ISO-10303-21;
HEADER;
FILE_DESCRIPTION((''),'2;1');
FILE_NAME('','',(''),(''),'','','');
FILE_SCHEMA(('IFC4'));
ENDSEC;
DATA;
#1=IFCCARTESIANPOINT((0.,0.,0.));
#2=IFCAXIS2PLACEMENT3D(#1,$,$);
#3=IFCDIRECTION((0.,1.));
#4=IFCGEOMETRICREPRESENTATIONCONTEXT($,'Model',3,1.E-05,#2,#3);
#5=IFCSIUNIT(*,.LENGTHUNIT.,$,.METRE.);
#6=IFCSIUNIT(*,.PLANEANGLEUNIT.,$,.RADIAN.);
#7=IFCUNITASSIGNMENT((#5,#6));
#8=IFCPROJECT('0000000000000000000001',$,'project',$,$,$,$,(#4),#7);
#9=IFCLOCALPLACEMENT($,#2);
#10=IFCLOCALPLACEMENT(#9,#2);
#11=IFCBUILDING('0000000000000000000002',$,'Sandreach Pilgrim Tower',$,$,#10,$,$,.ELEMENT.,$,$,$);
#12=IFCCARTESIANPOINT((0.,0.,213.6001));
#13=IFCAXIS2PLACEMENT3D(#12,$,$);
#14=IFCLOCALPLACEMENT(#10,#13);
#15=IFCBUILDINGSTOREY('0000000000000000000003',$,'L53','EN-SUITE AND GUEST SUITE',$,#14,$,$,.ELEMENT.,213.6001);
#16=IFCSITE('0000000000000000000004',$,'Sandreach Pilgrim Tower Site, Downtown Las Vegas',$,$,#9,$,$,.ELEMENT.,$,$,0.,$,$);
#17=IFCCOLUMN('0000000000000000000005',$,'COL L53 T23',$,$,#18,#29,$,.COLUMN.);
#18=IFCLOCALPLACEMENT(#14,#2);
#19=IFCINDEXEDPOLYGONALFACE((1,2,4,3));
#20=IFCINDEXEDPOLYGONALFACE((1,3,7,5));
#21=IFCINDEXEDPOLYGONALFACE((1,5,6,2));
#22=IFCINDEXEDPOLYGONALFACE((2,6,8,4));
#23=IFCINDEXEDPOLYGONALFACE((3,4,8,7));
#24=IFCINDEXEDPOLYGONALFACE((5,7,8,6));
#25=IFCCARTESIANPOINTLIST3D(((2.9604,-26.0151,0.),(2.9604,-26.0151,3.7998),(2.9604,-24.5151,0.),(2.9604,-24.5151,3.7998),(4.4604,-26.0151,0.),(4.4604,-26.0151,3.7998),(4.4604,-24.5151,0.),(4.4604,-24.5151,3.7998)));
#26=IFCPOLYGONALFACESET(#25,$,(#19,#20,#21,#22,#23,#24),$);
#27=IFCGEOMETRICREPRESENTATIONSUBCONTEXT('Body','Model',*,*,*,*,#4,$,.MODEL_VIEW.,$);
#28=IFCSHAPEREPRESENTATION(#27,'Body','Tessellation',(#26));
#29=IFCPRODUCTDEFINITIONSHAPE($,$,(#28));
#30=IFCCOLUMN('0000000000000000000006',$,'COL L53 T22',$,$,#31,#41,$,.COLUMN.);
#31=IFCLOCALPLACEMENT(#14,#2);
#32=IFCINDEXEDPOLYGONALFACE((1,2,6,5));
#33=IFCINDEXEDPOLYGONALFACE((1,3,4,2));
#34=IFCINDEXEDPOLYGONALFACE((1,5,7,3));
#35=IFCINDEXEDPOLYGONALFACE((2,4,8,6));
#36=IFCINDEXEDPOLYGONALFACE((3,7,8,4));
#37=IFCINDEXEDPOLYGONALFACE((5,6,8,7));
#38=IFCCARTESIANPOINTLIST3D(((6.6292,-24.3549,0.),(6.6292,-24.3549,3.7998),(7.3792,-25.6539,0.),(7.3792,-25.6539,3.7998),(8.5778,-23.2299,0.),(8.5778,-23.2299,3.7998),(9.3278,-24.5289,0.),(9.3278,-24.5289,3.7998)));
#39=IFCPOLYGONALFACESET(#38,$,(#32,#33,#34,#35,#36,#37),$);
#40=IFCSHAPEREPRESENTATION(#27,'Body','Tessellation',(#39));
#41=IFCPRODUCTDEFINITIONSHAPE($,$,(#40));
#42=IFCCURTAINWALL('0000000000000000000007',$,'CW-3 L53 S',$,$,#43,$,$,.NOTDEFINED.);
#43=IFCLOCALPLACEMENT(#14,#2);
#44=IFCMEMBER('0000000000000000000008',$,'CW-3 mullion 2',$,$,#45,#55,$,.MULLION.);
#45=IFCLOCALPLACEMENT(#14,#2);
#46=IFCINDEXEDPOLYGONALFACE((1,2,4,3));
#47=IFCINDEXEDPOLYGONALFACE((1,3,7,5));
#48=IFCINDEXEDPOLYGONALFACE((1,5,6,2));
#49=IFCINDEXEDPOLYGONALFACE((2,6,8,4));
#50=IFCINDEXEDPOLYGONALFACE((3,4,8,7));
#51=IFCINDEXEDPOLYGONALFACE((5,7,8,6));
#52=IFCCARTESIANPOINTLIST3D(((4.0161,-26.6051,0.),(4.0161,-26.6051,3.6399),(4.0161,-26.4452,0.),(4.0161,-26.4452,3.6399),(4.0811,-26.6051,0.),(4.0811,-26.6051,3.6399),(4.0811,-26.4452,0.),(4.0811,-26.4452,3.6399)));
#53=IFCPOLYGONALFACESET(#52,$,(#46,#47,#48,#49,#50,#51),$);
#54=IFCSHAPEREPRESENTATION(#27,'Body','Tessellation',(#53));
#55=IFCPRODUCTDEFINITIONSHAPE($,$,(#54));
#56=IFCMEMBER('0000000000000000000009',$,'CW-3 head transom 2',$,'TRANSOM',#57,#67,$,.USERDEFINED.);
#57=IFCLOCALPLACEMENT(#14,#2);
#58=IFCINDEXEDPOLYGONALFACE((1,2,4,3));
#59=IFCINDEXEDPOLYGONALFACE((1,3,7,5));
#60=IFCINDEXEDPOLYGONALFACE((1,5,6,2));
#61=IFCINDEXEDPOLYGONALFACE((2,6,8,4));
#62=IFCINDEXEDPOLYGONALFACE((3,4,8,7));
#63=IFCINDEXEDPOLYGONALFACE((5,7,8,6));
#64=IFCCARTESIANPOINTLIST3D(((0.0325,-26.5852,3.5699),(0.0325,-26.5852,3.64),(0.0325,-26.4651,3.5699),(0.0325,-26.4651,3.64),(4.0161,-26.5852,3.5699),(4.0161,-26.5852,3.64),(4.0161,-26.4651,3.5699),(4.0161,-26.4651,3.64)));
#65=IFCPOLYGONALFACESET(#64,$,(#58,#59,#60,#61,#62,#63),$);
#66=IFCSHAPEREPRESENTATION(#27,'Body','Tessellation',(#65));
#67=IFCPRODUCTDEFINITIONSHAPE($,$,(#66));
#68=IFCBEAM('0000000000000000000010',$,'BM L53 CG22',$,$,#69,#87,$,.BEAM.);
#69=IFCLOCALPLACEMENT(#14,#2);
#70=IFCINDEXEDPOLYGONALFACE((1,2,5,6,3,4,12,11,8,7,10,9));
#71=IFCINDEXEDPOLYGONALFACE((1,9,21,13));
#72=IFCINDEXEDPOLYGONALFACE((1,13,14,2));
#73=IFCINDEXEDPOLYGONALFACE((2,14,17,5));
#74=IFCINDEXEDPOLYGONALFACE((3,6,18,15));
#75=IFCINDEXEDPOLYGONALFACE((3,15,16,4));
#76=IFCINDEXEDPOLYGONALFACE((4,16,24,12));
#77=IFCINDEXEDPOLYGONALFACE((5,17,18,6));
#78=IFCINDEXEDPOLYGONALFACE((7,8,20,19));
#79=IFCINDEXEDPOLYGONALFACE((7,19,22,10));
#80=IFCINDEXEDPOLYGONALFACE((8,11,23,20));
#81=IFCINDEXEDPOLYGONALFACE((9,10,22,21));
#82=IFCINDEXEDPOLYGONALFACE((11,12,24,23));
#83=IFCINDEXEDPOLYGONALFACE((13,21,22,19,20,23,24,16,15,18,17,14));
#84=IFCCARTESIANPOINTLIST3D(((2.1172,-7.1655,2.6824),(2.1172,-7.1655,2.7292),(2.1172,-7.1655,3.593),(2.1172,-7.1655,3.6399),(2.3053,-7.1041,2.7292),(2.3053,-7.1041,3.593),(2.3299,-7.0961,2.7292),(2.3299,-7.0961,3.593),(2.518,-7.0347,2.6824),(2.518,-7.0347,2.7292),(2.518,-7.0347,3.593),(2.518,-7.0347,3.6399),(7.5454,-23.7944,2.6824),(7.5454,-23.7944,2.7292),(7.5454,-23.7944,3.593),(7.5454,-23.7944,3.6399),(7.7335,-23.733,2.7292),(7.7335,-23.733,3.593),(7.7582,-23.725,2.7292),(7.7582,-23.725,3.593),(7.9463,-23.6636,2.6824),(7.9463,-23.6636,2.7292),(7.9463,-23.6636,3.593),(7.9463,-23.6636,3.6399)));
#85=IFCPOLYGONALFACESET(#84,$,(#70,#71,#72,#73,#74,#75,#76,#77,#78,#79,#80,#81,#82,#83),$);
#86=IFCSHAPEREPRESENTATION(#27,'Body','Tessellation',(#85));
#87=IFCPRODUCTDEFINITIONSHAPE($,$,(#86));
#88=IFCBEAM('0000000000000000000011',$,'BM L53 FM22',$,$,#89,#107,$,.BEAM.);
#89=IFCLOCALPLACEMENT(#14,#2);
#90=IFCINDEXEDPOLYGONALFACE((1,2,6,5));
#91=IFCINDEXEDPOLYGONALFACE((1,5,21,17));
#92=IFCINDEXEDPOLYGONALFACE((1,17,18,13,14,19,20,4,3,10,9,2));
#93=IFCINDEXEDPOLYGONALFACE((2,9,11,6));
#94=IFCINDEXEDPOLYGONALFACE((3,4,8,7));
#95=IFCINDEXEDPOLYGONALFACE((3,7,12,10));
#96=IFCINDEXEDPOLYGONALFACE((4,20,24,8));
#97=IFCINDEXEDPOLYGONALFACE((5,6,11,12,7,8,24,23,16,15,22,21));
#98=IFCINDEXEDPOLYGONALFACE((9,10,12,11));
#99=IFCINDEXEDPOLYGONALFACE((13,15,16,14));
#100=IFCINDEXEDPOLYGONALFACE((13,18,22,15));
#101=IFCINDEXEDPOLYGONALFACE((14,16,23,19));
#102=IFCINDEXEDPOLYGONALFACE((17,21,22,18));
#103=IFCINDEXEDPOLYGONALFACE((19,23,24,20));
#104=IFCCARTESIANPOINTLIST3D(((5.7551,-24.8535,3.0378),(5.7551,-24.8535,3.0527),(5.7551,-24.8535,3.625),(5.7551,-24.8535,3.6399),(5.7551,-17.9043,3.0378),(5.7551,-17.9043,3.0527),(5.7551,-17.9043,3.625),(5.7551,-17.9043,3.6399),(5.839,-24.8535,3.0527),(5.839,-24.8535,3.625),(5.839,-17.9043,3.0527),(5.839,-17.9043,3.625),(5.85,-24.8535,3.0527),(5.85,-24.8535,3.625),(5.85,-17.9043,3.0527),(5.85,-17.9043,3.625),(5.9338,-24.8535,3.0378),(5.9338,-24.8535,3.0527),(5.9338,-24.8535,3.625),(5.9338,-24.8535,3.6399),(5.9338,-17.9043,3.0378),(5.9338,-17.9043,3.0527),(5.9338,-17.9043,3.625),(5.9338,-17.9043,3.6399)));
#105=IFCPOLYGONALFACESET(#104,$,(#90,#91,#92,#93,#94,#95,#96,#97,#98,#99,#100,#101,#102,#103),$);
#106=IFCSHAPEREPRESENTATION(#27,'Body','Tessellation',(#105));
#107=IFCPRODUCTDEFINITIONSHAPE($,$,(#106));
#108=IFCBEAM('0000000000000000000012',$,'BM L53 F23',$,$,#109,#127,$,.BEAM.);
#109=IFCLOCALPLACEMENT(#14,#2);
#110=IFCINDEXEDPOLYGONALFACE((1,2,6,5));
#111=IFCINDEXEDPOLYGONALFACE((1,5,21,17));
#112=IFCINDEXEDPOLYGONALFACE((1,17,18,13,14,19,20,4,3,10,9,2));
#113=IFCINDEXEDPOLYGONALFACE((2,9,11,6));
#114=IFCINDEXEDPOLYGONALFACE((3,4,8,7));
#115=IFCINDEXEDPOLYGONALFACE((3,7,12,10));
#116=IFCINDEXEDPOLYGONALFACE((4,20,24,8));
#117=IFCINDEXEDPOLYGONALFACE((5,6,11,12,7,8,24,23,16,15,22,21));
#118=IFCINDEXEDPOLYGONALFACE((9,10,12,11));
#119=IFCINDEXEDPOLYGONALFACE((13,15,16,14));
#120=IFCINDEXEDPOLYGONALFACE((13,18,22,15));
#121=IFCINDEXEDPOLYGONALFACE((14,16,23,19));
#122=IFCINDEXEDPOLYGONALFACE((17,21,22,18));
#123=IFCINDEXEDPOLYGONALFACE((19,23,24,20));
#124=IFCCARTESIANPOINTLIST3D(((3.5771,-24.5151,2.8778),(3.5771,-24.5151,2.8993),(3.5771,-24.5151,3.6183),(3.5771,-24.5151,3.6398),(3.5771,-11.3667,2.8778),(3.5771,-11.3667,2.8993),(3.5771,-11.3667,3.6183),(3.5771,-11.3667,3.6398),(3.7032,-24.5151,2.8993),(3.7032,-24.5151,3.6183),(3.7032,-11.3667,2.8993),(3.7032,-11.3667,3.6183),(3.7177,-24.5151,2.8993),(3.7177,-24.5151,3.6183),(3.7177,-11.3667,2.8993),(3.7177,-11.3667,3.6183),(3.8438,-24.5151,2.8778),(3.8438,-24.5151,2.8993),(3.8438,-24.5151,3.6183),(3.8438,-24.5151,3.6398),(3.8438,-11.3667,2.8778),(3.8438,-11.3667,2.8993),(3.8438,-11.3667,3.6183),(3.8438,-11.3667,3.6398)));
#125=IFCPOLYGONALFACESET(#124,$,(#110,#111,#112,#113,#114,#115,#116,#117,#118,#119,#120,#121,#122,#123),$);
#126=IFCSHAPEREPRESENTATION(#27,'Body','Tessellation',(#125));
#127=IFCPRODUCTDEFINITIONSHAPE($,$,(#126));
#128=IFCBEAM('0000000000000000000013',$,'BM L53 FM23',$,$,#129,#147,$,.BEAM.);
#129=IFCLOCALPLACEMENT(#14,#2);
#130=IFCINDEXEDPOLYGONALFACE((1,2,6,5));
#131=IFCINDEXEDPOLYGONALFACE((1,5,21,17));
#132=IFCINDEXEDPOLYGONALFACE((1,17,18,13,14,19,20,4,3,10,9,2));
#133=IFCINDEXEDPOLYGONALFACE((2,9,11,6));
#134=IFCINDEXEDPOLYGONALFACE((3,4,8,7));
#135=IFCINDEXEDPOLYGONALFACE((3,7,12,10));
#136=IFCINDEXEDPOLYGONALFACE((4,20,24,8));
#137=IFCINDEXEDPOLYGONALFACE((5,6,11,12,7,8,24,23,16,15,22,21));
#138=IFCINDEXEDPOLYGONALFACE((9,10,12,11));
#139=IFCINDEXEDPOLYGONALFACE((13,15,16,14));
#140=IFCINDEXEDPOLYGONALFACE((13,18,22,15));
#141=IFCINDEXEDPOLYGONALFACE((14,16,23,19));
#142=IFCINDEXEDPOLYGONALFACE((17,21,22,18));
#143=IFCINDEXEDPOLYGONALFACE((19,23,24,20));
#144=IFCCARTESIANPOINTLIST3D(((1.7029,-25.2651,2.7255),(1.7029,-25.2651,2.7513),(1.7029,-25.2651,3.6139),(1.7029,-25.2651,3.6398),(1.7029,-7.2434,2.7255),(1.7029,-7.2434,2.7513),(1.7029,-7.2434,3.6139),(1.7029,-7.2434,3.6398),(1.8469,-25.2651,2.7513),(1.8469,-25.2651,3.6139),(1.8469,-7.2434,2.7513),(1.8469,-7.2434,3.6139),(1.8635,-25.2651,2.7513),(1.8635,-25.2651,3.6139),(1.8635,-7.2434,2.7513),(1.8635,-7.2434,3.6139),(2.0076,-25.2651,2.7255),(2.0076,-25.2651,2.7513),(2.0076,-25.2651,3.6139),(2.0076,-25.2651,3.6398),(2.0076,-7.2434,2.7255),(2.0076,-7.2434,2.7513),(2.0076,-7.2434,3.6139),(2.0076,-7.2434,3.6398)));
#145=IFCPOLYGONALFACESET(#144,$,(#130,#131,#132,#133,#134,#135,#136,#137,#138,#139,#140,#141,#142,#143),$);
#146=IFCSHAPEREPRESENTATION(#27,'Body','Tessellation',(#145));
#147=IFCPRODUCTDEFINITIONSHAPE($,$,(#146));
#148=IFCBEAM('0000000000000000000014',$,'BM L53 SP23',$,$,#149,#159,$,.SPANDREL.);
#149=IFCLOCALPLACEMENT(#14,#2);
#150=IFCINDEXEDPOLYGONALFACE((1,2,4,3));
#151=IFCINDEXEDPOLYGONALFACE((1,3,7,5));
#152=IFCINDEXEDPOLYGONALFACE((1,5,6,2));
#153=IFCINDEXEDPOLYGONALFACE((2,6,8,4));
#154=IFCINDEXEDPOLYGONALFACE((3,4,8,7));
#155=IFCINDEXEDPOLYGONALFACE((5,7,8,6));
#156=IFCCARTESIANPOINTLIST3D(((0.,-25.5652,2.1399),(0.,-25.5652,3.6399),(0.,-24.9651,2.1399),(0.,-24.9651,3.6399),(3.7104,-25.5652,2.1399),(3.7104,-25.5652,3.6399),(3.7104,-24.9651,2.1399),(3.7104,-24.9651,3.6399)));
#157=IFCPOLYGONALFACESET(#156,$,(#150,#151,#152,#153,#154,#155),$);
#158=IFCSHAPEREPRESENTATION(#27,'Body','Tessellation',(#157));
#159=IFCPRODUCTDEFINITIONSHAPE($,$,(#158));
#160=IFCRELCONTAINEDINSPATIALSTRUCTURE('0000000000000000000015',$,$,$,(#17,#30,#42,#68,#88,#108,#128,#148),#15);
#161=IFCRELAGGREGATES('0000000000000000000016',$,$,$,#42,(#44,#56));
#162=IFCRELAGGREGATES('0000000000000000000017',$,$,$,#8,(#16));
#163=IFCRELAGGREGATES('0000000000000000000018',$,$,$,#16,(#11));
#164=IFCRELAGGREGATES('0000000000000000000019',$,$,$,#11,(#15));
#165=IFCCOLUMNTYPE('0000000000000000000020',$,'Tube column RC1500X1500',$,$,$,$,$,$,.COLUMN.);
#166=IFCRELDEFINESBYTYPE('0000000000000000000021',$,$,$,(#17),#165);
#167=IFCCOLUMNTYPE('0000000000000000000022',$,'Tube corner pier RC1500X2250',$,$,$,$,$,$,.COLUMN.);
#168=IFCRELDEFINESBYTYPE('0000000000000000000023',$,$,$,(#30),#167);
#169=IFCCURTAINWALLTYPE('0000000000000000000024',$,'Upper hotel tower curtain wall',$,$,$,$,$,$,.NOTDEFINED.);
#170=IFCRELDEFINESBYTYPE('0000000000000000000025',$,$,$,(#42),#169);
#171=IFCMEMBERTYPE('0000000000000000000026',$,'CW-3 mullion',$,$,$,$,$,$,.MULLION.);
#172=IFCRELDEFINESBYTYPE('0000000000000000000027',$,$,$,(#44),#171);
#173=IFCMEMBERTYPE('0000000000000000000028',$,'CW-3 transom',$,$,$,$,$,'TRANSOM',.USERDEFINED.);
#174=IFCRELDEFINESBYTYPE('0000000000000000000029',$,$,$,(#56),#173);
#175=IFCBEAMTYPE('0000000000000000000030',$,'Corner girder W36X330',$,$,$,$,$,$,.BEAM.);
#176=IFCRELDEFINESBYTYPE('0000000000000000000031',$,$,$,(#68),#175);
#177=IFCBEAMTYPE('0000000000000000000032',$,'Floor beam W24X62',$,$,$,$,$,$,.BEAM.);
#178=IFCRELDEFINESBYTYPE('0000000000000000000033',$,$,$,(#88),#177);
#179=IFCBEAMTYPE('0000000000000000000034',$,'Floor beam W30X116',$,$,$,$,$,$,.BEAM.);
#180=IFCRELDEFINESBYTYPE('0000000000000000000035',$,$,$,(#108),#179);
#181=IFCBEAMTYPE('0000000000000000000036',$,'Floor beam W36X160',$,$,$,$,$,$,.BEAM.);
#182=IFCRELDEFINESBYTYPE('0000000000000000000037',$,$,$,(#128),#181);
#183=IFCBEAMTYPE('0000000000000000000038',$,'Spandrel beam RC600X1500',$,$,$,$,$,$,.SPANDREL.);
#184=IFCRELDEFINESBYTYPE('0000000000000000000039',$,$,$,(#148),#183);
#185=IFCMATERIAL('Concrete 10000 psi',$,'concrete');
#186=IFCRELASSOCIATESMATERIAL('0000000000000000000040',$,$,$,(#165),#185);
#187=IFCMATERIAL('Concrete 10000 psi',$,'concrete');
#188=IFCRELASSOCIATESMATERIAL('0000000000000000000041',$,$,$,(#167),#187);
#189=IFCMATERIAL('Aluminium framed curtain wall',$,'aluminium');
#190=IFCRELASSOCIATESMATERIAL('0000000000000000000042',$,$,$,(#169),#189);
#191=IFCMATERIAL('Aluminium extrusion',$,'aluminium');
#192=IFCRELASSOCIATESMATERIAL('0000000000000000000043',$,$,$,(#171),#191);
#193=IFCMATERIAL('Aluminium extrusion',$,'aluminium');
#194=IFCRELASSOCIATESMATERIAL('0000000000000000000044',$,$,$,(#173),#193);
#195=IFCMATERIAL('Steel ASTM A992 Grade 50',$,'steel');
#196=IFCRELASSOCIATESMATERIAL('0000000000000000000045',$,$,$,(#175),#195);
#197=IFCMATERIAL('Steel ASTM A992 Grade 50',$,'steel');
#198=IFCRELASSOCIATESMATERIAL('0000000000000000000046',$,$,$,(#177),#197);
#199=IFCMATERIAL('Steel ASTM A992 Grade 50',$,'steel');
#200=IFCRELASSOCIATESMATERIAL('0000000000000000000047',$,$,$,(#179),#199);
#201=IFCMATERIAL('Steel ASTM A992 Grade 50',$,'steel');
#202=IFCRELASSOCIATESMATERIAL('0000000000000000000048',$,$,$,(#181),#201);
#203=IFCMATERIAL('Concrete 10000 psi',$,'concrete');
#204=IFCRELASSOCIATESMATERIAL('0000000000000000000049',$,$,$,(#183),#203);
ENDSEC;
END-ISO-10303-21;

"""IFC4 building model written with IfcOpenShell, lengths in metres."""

from ifc_helpers import new_model, si_unit, direction, frame, origin, origin_2d, place, context, subcontext, project, spatial, rectangle, i_section, extrude, material, material_profile, profile_set, type_object, element, aggregate, save


model = new_model("IFC4")

# Units and contexts
model_context = context("Model", 3, precision=1e-05, world=origin(), true_north=direction((0.0, 1.0)))
body_context = subcontext(model_context, "Body", "Model", "MODEL_VIEW")
ifc_project = project(units=[si_unit("LENGTHUNIT", "METRE"), si_unit("PLANEANGLEUNIT", "RADIAN")], contexts=[model_context])

# Site, building, storey
site_placement = place(None, origin())
site = spatial("IfcSite", under=ifc_project, at=site_placement, Name="Sandreach Pilgrim Tower Site, Downtown Las Vegas", CompositionType="ELEMENT", RefElevation=0.0)
building_placement = place(site_placement, origin())
building = spatial("IfcBuilding", under=site, at=building_placement, Name="Sandreach Pilgrim Tower", CompositionType="ELEMENT")
storey_placement = place(building_placement, frame((0.0, 0.0, 213.6001)))
storey = spatial("IfcBuildingStorey", under=building, at=storey_placement, Name="L53", Description="EN-SUITE AND GUEST SUITE", CompositionType="ELEMENT", Elevation=213.6001)

# Columns
ifc_material_1 = material(Name="Concrete 10000 psi", Category="concrete")
ifc_material_profile_1 = material_profile(ifc_material_1, rectangle(XDim=1.5, YDim=1.5, at=origin_2d()), Name="RC1500X1500")
ifc_profile_set_1 = profile_set([ifc_material_profile_1], Name="Concrete 10000 psi")
column_type_1 = type_object("IfcColumnType", Name="Tube column RC1500X1500", PredefinedType="COLUMN", material=ifc_profile_set_1)
column_1_placement = place(storey_placement, frame((3.7104, -25.2651, 0.0), z_axis=(0.0, 0.0, 1.0), x_axis=(0.0, -1.0, 0.0)))
element("IfcColumn", 1, at=column_1_placement, inside=storey, type_object=column_type_1, Name="COL L53 T23", PredefinedType="COLUMN", context=body_context, shape_type="SweptSolid", body=[
    extrude(rectangle(XDim=1.5, YDim=1.5, at=origin_2d()), origin(), (0.0, 0.0, 1.0), 3.7998),
])
ifc_material_2 = material(Name="Concrete 10000 psi", Category="concrete")
ifc_material_profile_2 = material_profile(ifc_material_2, rectangle(XDim=1.5, YDim=2.25, at=origin_2d()), Name="RC1500X2250")
ifc_profile_set_2 = profile_set([ifc_material_profile_2], Name="Concrete 10000 psi")
column_type_2 = type_object("IfcColumnType", Name="Tube corner pier RC1500X2250", PredefinedType="COLUMN", material=ifc_profile_set_2)
column_2_placement = place(storey_placement, frame((7.9785, -24.4419, 0.0), z_axis=(0.0, 0.0, 1.0), x_axis=(0.5, -0.866025, 0.0)))
element("IfcColumn", 2, at=column_2_placement, inside=storey, type_object=column_type_2, Name="COL L53 T22", PredefinedType="COLUMN", context=body_context, shape_type="SweptSolid", body=[
    extrude(rectangle(XDim=1.5, YDim=2.25, at=origin_2d()), origin(), (0.0, 0.0, 1.0), 3.7998),
])

# Curtain wall, members
ifc_material_3 = material(Name="Aluminium framed curtain wall", Category="aluminium")
curtain_wall_type = type_object("IfcCurtainWallType", Name="Upper hotel tower curtain wall", PredefinedType="NOTDEFINED", material=ifc_material_3)
curtain_wall_placement = place(storey_placement, origin())
curtain_wall = element("IfcCurtainWall", 3, at=curtain_wall_placement, inside=storey, type_object=curtain_wall_type, Name="CW-3 L53 S", PredefinedType="NOTDEFINED")
ifc_material_4 = material(Name="Aluminium extrusion", Category="aluminium")
ifc_material_profile_3 = material_profile(ifc_material_4, rectangle(XDim=0.0649, YDim=0.1599, at=origin_2d()), Name="CW-3M 65X160")
ifc_profile_set_3 = profile_set([ifc_material_profile_3], Name="Aluminium extrusion")
member_type_1 = type_object("IfcMemberType", Name="CW-3 mullion", PredefinedType="MULLION", material=ifc_profile_set_3)
member_1_placement = place(storey_placement, frame((4.0486, -26.5251, 0.0), z_axis=(0.0, 0.0, 1.0), x_axis=(-1.0, 0.0, 0.0)))
member_1 = element("IfcMember", 4, at=member_1_placement, type_object=member_type_1, Name="CW-3 mullion 2", PredefinedType="MULLION", context=body_context, shape_type="SweptSolid", body=[
    extrude(rectangle(XDim=0.0649, YDim=0.1599, at=origin_2d()), origin(), (0.0, 0.0, 1.0), 3.6399),
])
ifc_material_5 = material(Name="Aluminium extrusion", Category="aluminium")
ifc_material_profile_4 = material_profile(ifc_material_5, rectangle(XDim=0.1201, YDim=0.0701, at=origin_2d()), Name="CW-3T 120X70")
ifc_profile_set_4 = profile_set([ifc_material_profile_4], Name="Aluminium extrusion")
member_type_2 = type_object("IfcMemberType", Name="CW-3 transom", ElementType="TRANSOM", PredefinedType="USERDEFINED", material=ifc_profile_set_4)
member_2_placement = place(storey_placement, frame((4.0161, -26.5251, 3.605), z_axis=(-1.0, 0.0, 0.0), x_axis=(0.0, -1.0, 0.0)))
member_2 = element("IfcMember", 5, at=member_2_placement, type_object=member_type_2, Name="CW-3 head transom 2", ObjectType="TRANSOM", PredefinedType="USERDEFINED", context=body_context, shape_type="SweptSolid", body=[
    extrude(rectangle(XDim=0.1201, YDim=0.0701, at=origin_2d()), origin(), (0.0, 0.0, 1.0), 3.9836),
])

# Beams
ifc_material_6 = material(Name="Steel ASTM A992 Grade 50", Category="steel")
ifc_material_profile_5 = material_profile(ifc_material_6, i_section(OverallWidth=0.4216, OverallDepth=0.9575, WebThickness=0.0259, FlangeThickness=0.0469, at=origin_2d()), Name="W36X330")
ifc_profile_set_5 = profile_set([ifc_material_profile_5], Name="Steel ASTM A992 Grade 50")
beam_type_1 = type_object("IfcBeamType", Name="Corner girder W36X330", PredefinedType="BEAM", material=ifc_profile_set_5)
beam_1_placement = place(storey_placement, frame((7.7458, -23.729, 3.1611), z_axis=(-0.310318, 0.950633, 0.0), x_axis=(-0.950633, -0.310318, 0.0)))
element("IfcBeam", 6, at=beam_1_placement, inside=storey, type_object=beam_type_1, Name="BM L53 CG22", PredefinedType="BEAM", context=body_context, shape_type="SweptSolid", body=[
    extrude(i_section(OverallWidth=0.4216, OverallDepth=0.9575, WebThickness=0.0259, FlangeThickness=0.0469, at=origin_2d()), origin(), (0.0, 0.0, 1.0), 17.4924),
])
ifc_material_7 = material(Name="Steel ASTM A992 Grade 50", Category="steel")
ifc_material_profile_6 = material_profile(ifc_material_7, i_section(OverallWidth=0.1787, OverallDepth=0.6021, WebThickness=0.011, FlangeThickness=0.0149, at=origin_2d()), Name="W24X62")
ifc_profile_set_6 = profile_set([ifc_material_profile_6], Name="Steel ASTM A992 Grade 50")
beam_type_2 = type_object("IfcBeamType", Name="Floor beam W24X62", PredefinedType="BEAM", material=ifc_profile_set_6)
beam_2_placement = place(storey_placement, frame((5.8445, -24.8535, 3.3389), z_axis=(0.0, 1.0, 0.0), x_axis=(-1.0, 0.0, 0.0)))
element("IfcBeam", 7, at=beam_2_placement, inside=storey, type_object=beam_type_2, Name="BM L53 FM22", PredefinedType="BEAM", context=body_context, shape_type="SweptSolid", body=[
    extrude(i_section(OverallWidth=0.1787, OverallDepth=0.6021, WebThickness=0.011, FlangeThickness=0.0149, at=origin_2d()), origin(), (0.0, 0.0, 1.0), 6.9492),
])
ifc_material_8 = material(Name="Steel ASTM A992 Grade 50", Category="steel")
ifc_material_profile_7 = material_profile(ifc_material_8, i_section(OverallWidth=0.2666, OverallDepth=0.762, WebThickness=0.0144, FlangeThickness=0.0215, at=origin_2d()), Name="W30X116")
ifc_profile_set_7 = profile_set([ifc_material_profile_7], Name="Steel ASTM A992 Grade 50")
beam_type_3 = type_object("IfcBeamType", Name="Floor beam W30X116", PredefinedType="BEAM", material=ifc_profile_set_7)
beam_3_placement = place(storey_placement, frame((3.7104, -24.5151, 3.2588), z_axis=(0.0, 1.0, 0.0), x_axis=(-1.0, 0.0, 0.0)))
element("IfcBeam", 8, at=beam_3_placement, inside=storey, type_object=beam_type_3, Name="BM L53 F23", PredefinedType="BEAM", context=body_context, shape_type="SweptSolid", body=[
    extrude(i_section(OverallWidth=0.2666, OverallDepth=0.762, WebThickness=0.0144, FlangeThickness=0.0215, at=origin_2d()), origin(), (0.0, 0.0, 1.0), 13.1484),
])
ifc_material_9 = material(Name="Steel ASTM A992 Grade 50", Category="steel")
ifc_material_profile_8 = material_profile(ifc_material_9, i_section(OverallWidth=0.3047, OverallDepth=0.9143, WebThickness=0.0166, FlangeThickness=0.0259, at=origin_2d()), Name="W36X160")
ifc_profile_set_8 = profile_set([ifc_material_profile_8], Name="Steel ASTM A992 Grade 50")
beam_type_4 = type_object("IfcBeamType", Name="Floor beam W36X160", PredefinedType="BEAM", material=ifc_profile_set_8)
beam_4_placement = place(storey_placement, frame((1.8552, -25.2651, 3.1826), z_axis=(0.0, 1.0, 0.0), x_axis=(-1.0, 0.0, 0.0)))
element("IfcBeam", 9, at=beam_4_placement, inside=storey, type_object=beam_type_4, Name="BM L53 FM23", PredefinedType="BEAM", context=body_context, shape_type="SweptSolid", body=[
    extrude(i_section(OverallWidth=0.3047, OverallDepth=0.9143, WebThickness=0.0166, FlangeThickness=0.0259, at=origin_2d()), origin(), (0.0, 0.0, 1.0), 18.0217),
])
ifc_material_10 = material(Name="Concrete 10000 psi", Category="concrete")
ifc_material_profile_9 = material_profile(ifc_material_10, rectangle(XDim=0.6001, YDim=1.5, at=origin_2d()), Name="RC600X1500")
ifc_profile_set_9 = profile_set([ifc_material_profile_9], Name="Concrete 10000 psi")
beam_type_5 = type_object("IfcBeamType", Name="Spandrel beam RC600X1500", PredefinedType="SPANDREL", material=ifc_profile_set_9)
beam_5_placement = place(storey_placement, frame((3.7104, -25.2651, 2.8899), z_axis=(-1.0, 0.0, 0.0), x_axis=(0.0, -1.0, 0.0)))
element("IfcBeam", 10, at=beam_5_placement, inside=storey, type_object=beam_type_5, Name="BM L53 SP23", PredefinedType="SPANDREL", context=body_context, shape_type="SweptSolid", body=[
    extrude(rectangle(XDim=0.6001, YDim=1.5, at=origin_2d()), origin(), (0.0, 0.0, 1.0), 3.7104),
])

aggregate(curtain_wall, [member_1, member_2])

save(model, "model.ifc")
